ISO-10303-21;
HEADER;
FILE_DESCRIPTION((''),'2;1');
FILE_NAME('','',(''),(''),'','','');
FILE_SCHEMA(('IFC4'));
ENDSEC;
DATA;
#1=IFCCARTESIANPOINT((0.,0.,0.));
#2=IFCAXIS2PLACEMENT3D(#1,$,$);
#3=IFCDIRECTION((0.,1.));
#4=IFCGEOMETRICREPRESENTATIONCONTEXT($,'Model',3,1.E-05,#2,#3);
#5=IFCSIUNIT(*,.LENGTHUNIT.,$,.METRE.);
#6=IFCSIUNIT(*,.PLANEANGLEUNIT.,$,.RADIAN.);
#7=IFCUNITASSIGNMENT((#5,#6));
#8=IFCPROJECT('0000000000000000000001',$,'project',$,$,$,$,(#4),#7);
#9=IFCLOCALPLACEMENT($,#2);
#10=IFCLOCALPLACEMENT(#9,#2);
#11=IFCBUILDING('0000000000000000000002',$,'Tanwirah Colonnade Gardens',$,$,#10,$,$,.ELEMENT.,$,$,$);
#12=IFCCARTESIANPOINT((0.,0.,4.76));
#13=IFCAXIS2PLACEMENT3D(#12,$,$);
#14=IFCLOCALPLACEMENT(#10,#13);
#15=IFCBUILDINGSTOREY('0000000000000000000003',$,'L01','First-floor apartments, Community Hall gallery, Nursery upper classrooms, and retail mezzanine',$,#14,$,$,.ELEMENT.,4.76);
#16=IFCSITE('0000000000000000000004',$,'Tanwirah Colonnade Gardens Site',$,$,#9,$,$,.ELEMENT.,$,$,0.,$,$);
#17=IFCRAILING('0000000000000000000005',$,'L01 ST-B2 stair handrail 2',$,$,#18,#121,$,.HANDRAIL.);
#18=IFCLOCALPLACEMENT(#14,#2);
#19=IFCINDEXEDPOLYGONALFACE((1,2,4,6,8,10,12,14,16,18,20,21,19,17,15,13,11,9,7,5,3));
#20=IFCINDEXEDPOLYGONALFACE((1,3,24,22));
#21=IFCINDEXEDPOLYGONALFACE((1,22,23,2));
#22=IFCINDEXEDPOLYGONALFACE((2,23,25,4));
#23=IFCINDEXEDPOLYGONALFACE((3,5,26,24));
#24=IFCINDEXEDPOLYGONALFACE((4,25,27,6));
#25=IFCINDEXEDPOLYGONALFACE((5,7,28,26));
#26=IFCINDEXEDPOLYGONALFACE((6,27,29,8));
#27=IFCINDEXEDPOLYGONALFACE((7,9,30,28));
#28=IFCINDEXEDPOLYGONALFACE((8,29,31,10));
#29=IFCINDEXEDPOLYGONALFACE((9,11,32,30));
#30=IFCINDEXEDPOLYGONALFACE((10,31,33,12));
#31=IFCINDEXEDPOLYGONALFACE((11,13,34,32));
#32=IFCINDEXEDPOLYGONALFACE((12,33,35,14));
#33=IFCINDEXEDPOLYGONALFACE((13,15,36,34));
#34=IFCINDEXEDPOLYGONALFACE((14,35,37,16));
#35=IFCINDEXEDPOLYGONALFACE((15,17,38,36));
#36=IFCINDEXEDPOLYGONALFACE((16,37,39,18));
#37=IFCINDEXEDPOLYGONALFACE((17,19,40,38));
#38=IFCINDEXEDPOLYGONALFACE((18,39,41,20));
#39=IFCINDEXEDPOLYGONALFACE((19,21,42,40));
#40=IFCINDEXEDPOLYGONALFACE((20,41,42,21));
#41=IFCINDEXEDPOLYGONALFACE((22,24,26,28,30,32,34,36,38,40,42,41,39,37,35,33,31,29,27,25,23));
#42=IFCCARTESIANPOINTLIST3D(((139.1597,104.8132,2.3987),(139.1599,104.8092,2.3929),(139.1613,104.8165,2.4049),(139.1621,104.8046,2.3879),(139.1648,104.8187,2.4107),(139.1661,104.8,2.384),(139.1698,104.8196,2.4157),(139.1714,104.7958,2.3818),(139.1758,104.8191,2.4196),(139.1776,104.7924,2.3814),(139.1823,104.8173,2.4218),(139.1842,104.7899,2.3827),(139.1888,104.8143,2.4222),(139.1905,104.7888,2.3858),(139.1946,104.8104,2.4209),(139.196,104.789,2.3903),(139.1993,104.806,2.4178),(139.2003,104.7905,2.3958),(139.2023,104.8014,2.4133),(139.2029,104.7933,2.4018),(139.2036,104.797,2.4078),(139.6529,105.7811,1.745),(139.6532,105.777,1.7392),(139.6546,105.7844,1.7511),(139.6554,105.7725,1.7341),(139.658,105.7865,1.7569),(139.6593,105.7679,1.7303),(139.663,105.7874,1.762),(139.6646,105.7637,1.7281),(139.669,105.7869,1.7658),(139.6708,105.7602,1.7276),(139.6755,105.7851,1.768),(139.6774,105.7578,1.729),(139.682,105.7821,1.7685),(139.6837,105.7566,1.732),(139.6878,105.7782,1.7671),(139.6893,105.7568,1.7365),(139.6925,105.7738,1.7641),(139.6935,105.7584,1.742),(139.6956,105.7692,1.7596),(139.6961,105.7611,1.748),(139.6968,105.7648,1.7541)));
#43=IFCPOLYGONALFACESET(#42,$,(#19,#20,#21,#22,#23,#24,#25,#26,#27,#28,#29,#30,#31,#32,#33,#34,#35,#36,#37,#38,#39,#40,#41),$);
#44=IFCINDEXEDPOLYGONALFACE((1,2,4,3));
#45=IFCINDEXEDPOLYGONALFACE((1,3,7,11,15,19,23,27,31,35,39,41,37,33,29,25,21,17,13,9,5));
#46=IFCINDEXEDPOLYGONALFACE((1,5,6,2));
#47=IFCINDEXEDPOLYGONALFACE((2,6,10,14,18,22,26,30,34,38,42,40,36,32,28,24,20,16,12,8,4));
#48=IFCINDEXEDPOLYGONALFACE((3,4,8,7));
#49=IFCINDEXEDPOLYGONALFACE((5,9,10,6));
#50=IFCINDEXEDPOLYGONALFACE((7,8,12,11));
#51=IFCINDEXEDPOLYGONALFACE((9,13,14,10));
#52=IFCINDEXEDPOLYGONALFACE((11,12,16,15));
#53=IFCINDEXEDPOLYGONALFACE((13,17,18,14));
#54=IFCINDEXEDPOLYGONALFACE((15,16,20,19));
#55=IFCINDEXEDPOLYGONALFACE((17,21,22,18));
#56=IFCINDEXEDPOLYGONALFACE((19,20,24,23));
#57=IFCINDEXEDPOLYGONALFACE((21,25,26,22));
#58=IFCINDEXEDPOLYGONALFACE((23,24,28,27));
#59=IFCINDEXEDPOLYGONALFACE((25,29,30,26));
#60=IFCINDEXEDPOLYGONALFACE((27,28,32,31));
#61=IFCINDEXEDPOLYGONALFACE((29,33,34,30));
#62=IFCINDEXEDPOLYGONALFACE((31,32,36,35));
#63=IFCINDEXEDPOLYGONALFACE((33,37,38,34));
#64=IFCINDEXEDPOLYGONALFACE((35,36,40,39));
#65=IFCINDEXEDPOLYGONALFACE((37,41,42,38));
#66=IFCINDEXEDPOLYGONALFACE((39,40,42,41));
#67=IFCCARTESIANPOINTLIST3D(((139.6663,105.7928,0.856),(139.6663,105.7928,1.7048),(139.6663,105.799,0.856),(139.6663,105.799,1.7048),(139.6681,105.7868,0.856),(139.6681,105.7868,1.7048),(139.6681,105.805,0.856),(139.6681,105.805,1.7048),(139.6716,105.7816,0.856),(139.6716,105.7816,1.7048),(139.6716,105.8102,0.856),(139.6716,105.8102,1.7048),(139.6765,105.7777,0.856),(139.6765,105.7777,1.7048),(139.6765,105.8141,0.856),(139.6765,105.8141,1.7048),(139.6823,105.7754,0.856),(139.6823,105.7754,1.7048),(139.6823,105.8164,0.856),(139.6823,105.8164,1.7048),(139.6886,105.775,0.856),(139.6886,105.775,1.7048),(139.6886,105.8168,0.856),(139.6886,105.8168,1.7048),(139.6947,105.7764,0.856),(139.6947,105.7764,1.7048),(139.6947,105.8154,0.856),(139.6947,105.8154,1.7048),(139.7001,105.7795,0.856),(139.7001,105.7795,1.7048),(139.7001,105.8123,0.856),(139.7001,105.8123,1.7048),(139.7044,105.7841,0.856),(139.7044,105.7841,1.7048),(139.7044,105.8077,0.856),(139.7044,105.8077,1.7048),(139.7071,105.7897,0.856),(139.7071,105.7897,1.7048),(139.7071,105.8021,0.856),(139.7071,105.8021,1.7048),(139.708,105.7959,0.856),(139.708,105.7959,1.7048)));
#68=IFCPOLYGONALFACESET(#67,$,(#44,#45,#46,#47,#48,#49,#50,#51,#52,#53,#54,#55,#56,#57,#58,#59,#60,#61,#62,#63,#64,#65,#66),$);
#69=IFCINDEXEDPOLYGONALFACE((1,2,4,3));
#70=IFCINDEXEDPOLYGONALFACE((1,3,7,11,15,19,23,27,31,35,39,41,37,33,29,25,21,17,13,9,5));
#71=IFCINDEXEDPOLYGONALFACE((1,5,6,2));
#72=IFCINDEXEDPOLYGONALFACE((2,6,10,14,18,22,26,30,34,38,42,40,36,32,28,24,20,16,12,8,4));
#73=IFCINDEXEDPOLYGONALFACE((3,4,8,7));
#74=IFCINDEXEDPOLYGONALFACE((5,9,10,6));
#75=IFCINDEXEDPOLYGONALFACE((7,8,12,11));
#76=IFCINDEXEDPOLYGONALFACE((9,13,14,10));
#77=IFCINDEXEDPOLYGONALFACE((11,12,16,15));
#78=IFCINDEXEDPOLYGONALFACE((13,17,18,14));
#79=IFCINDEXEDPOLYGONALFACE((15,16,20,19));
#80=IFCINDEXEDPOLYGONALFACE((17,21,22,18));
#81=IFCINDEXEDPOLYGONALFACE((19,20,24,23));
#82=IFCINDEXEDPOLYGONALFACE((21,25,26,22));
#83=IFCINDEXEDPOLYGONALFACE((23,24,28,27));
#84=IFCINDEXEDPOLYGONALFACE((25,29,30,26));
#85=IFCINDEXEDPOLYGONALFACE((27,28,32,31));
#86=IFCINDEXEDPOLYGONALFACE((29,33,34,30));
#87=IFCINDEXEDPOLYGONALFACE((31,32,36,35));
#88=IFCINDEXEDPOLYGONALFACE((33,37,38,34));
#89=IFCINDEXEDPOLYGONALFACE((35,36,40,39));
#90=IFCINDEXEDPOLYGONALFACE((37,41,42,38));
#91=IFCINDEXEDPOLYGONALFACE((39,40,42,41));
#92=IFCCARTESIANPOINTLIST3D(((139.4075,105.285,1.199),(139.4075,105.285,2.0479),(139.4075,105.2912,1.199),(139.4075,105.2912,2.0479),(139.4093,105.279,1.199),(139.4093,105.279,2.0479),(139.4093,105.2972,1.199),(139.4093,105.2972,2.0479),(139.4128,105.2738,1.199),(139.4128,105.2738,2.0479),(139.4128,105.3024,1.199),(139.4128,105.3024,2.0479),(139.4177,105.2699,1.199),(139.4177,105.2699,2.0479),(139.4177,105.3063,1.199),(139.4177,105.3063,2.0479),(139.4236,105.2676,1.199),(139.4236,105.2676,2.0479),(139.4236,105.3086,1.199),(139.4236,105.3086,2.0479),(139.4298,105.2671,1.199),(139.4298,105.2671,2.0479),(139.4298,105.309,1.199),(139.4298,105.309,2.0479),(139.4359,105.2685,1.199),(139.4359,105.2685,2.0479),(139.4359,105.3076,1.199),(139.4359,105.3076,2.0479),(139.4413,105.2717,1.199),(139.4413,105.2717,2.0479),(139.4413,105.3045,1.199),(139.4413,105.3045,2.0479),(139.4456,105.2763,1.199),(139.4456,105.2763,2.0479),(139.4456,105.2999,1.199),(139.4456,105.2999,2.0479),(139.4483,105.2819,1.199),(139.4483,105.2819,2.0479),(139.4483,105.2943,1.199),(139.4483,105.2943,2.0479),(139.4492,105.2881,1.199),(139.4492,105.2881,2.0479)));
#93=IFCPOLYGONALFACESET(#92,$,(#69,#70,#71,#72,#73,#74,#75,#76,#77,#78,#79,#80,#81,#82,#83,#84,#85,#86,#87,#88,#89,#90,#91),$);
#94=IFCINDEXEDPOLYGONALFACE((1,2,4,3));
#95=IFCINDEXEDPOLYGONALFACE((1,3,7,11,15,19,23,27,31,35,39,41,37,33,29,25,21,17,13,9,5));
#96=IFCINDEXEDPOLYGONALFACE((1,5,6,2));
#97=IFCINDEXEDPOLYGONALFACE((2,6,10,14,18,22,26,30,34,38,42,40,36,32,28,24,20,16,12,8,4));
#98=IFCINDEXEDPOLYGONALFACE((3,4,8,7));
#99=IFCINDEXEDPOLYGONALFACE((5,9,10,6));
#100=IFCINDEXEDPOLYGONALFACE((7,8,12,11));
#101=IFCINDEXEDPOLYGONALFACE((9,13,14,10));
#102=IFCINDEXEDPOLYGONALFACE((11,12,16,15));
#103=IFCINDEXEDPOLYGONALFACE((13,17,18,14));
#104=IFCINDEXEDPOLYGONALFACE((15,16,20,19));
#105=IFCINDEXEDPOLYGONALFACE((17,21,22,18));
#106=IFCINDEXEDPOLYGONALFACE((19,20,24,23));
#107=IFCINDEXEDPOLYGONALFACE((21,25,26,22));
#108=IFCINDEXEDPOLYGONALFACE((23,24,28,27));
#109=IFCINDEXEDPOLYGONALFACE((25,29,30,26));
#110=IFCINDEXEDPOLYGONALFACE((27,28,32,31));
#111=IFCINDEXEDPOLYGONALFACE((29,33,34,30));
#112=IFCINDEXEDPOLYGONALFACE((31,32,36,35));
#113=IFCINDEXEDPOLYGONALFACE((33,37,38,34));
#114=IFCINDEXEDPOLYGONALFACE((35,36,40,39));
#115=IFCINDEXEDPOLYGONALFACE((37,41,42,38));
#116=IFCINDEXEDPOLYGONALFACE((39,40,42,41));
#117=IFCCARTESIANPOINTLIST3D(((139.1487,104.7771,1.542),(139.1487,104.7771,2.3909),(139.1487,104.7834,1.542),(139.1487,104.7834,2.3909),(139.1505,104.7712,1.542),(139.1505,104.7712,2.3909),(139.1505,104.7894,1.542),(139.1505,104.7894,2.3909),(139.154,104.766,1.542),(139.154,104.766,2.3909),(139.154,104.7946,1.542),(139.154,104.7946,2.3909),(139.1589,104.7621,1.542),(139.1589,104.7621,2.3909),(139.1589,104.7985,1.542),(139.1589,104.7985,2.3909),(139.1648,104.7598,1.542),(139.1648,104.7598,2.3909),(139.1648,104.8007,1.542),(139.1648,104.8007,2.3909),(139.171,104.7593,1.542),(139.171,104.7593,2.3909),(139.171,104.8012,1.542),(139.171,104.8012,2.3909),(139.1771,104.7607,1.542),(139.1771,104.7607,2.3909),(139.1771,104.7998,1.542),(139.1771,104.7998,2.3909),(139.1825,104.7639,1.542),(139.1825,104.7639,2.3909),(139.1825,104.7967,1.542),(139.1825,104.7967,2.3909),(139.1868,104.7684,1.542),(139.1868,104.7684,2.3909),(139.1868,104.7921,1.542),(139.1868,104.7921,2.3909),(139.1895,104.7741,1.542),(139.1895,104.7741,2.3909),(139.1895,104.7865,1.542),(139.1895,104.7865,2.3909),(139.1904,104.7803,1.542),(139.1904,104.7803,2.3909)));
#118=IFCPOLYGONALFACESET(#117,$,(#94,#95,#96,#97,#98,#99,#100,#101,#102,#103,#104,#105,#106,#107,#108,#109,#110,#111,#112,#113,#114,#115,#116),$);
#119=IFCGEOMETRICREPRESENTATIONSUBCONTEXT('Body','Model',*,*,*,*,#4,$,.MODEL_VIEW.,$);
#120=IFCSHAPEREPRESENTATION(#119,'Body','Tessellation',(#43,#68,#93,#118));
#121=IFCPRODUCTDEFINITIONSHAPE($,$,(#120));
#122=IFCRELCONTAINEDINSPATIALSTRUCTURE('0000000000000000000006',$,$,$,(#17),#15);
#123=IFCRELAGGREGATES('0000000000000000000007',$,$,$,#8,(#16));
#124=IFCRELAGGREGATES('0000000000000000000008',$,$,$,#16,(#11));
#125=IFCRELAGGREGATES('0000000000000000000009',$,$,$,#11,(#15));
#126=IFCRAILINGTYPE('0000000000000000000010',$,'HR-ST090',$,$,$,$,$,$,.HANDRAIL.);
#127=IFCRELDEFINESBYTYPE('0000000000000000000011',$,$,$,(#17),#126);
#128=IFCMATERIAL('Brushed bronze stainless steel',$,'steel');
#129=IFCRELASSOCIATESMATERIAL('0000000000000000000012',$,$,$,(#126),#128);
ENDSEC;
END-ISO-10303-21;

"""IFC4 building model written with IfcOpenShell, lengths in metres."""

from ifc_helpers import new_model, si_unit, direction, frame, origin, origin_2d, place, context, subcontext, project, spatial, circle, extrude, material, type_object, element, save


model = new_model("IFC4")

# Units and contexts
model_context = context("Model", 3, precision=1e-05, world=origin(), true_north=direction((0.0, 1.0)))
body_context = subcontext(model_context, "Body", "Model", "MODEL_VIEW")
ifc_project = project(units=[si_unit("LENGTHUNIT", "METRE"), si_unit("PLANEANGLEUNIT", "RADIAN")], contexts=[model_context])

# Site, building, storey
site_placement = place(None, origin())
site = spatial("IfcSite", under=ifc_project, at=site_placement, Name="Tanwirah Colonnade Gardens Site", CompositionType="ELEMENT", RefElevation=0.0)
building_placement = place(site_placement, origin())
building = spatial("IfcBuilding", under=site, at=building_placement, Name="Tanwirah Colonnade Gardens", CompositionType="ELEMENT")
storey_placement = place(building_placement, frame((0.0, 0.0, 4.76)))
storey = spatial("IfcBuildingStorey", under=building, at=storey_placement, Name="L01", Description="First-floor apartments, Community Hall gallery, Nursery upper classrooms, and retail mezzanine", CompositionType="ELEMENT", Elevation=4.76)

# Railing
ifc_material_1 = material(Name="Brushed bronze stainless steel", Category="steel")
railing_type_1 = type_object("IfcRailingType", Name="HR-ST090", PredefinedType="HANDRAIL", material=ifc_material_1)
railing_1_placement = place(storey_placement, frame((139.687, 105.7959, 0.856)))
element("IfcRailing", 1, at=railing_1_placement, inside=storey, type_object=railing_type_1, Name="L01 ST-B2 stair handrail 2", PredefinedType="HANDRAIL", context=body_context, shape_type="SweptSolid", body=[
    extrude(circle(Radius=0.0239, at=origin_2d()), frame((-0.0122, -0.0239, 0.8921), z_axis=(-0.389033, -0.763385, 0.515652), x_axis=(0.890974, -0.454054, 0.0)), (0.0, 0.0, 1.0), 1.2678),
    extrude(circle(Radius=0.021, at=origin_2d()), origin(), (0.0, 0.0, 1.0), 0.8489),
    extrude(circle(Radius=0.021, at=origin_2d()), frame((-0.2588, -0.5078, 0.343)), (0.0, 0.0, 1.0), 0.8489),
    extrude(circle(Radius=0.021, at=origin_2d()), frame((-0.5176, -1.0156, 0.686)), (0.0, 0.0, 1.0), 0.8489),
])

save(model, "model.ifc")
